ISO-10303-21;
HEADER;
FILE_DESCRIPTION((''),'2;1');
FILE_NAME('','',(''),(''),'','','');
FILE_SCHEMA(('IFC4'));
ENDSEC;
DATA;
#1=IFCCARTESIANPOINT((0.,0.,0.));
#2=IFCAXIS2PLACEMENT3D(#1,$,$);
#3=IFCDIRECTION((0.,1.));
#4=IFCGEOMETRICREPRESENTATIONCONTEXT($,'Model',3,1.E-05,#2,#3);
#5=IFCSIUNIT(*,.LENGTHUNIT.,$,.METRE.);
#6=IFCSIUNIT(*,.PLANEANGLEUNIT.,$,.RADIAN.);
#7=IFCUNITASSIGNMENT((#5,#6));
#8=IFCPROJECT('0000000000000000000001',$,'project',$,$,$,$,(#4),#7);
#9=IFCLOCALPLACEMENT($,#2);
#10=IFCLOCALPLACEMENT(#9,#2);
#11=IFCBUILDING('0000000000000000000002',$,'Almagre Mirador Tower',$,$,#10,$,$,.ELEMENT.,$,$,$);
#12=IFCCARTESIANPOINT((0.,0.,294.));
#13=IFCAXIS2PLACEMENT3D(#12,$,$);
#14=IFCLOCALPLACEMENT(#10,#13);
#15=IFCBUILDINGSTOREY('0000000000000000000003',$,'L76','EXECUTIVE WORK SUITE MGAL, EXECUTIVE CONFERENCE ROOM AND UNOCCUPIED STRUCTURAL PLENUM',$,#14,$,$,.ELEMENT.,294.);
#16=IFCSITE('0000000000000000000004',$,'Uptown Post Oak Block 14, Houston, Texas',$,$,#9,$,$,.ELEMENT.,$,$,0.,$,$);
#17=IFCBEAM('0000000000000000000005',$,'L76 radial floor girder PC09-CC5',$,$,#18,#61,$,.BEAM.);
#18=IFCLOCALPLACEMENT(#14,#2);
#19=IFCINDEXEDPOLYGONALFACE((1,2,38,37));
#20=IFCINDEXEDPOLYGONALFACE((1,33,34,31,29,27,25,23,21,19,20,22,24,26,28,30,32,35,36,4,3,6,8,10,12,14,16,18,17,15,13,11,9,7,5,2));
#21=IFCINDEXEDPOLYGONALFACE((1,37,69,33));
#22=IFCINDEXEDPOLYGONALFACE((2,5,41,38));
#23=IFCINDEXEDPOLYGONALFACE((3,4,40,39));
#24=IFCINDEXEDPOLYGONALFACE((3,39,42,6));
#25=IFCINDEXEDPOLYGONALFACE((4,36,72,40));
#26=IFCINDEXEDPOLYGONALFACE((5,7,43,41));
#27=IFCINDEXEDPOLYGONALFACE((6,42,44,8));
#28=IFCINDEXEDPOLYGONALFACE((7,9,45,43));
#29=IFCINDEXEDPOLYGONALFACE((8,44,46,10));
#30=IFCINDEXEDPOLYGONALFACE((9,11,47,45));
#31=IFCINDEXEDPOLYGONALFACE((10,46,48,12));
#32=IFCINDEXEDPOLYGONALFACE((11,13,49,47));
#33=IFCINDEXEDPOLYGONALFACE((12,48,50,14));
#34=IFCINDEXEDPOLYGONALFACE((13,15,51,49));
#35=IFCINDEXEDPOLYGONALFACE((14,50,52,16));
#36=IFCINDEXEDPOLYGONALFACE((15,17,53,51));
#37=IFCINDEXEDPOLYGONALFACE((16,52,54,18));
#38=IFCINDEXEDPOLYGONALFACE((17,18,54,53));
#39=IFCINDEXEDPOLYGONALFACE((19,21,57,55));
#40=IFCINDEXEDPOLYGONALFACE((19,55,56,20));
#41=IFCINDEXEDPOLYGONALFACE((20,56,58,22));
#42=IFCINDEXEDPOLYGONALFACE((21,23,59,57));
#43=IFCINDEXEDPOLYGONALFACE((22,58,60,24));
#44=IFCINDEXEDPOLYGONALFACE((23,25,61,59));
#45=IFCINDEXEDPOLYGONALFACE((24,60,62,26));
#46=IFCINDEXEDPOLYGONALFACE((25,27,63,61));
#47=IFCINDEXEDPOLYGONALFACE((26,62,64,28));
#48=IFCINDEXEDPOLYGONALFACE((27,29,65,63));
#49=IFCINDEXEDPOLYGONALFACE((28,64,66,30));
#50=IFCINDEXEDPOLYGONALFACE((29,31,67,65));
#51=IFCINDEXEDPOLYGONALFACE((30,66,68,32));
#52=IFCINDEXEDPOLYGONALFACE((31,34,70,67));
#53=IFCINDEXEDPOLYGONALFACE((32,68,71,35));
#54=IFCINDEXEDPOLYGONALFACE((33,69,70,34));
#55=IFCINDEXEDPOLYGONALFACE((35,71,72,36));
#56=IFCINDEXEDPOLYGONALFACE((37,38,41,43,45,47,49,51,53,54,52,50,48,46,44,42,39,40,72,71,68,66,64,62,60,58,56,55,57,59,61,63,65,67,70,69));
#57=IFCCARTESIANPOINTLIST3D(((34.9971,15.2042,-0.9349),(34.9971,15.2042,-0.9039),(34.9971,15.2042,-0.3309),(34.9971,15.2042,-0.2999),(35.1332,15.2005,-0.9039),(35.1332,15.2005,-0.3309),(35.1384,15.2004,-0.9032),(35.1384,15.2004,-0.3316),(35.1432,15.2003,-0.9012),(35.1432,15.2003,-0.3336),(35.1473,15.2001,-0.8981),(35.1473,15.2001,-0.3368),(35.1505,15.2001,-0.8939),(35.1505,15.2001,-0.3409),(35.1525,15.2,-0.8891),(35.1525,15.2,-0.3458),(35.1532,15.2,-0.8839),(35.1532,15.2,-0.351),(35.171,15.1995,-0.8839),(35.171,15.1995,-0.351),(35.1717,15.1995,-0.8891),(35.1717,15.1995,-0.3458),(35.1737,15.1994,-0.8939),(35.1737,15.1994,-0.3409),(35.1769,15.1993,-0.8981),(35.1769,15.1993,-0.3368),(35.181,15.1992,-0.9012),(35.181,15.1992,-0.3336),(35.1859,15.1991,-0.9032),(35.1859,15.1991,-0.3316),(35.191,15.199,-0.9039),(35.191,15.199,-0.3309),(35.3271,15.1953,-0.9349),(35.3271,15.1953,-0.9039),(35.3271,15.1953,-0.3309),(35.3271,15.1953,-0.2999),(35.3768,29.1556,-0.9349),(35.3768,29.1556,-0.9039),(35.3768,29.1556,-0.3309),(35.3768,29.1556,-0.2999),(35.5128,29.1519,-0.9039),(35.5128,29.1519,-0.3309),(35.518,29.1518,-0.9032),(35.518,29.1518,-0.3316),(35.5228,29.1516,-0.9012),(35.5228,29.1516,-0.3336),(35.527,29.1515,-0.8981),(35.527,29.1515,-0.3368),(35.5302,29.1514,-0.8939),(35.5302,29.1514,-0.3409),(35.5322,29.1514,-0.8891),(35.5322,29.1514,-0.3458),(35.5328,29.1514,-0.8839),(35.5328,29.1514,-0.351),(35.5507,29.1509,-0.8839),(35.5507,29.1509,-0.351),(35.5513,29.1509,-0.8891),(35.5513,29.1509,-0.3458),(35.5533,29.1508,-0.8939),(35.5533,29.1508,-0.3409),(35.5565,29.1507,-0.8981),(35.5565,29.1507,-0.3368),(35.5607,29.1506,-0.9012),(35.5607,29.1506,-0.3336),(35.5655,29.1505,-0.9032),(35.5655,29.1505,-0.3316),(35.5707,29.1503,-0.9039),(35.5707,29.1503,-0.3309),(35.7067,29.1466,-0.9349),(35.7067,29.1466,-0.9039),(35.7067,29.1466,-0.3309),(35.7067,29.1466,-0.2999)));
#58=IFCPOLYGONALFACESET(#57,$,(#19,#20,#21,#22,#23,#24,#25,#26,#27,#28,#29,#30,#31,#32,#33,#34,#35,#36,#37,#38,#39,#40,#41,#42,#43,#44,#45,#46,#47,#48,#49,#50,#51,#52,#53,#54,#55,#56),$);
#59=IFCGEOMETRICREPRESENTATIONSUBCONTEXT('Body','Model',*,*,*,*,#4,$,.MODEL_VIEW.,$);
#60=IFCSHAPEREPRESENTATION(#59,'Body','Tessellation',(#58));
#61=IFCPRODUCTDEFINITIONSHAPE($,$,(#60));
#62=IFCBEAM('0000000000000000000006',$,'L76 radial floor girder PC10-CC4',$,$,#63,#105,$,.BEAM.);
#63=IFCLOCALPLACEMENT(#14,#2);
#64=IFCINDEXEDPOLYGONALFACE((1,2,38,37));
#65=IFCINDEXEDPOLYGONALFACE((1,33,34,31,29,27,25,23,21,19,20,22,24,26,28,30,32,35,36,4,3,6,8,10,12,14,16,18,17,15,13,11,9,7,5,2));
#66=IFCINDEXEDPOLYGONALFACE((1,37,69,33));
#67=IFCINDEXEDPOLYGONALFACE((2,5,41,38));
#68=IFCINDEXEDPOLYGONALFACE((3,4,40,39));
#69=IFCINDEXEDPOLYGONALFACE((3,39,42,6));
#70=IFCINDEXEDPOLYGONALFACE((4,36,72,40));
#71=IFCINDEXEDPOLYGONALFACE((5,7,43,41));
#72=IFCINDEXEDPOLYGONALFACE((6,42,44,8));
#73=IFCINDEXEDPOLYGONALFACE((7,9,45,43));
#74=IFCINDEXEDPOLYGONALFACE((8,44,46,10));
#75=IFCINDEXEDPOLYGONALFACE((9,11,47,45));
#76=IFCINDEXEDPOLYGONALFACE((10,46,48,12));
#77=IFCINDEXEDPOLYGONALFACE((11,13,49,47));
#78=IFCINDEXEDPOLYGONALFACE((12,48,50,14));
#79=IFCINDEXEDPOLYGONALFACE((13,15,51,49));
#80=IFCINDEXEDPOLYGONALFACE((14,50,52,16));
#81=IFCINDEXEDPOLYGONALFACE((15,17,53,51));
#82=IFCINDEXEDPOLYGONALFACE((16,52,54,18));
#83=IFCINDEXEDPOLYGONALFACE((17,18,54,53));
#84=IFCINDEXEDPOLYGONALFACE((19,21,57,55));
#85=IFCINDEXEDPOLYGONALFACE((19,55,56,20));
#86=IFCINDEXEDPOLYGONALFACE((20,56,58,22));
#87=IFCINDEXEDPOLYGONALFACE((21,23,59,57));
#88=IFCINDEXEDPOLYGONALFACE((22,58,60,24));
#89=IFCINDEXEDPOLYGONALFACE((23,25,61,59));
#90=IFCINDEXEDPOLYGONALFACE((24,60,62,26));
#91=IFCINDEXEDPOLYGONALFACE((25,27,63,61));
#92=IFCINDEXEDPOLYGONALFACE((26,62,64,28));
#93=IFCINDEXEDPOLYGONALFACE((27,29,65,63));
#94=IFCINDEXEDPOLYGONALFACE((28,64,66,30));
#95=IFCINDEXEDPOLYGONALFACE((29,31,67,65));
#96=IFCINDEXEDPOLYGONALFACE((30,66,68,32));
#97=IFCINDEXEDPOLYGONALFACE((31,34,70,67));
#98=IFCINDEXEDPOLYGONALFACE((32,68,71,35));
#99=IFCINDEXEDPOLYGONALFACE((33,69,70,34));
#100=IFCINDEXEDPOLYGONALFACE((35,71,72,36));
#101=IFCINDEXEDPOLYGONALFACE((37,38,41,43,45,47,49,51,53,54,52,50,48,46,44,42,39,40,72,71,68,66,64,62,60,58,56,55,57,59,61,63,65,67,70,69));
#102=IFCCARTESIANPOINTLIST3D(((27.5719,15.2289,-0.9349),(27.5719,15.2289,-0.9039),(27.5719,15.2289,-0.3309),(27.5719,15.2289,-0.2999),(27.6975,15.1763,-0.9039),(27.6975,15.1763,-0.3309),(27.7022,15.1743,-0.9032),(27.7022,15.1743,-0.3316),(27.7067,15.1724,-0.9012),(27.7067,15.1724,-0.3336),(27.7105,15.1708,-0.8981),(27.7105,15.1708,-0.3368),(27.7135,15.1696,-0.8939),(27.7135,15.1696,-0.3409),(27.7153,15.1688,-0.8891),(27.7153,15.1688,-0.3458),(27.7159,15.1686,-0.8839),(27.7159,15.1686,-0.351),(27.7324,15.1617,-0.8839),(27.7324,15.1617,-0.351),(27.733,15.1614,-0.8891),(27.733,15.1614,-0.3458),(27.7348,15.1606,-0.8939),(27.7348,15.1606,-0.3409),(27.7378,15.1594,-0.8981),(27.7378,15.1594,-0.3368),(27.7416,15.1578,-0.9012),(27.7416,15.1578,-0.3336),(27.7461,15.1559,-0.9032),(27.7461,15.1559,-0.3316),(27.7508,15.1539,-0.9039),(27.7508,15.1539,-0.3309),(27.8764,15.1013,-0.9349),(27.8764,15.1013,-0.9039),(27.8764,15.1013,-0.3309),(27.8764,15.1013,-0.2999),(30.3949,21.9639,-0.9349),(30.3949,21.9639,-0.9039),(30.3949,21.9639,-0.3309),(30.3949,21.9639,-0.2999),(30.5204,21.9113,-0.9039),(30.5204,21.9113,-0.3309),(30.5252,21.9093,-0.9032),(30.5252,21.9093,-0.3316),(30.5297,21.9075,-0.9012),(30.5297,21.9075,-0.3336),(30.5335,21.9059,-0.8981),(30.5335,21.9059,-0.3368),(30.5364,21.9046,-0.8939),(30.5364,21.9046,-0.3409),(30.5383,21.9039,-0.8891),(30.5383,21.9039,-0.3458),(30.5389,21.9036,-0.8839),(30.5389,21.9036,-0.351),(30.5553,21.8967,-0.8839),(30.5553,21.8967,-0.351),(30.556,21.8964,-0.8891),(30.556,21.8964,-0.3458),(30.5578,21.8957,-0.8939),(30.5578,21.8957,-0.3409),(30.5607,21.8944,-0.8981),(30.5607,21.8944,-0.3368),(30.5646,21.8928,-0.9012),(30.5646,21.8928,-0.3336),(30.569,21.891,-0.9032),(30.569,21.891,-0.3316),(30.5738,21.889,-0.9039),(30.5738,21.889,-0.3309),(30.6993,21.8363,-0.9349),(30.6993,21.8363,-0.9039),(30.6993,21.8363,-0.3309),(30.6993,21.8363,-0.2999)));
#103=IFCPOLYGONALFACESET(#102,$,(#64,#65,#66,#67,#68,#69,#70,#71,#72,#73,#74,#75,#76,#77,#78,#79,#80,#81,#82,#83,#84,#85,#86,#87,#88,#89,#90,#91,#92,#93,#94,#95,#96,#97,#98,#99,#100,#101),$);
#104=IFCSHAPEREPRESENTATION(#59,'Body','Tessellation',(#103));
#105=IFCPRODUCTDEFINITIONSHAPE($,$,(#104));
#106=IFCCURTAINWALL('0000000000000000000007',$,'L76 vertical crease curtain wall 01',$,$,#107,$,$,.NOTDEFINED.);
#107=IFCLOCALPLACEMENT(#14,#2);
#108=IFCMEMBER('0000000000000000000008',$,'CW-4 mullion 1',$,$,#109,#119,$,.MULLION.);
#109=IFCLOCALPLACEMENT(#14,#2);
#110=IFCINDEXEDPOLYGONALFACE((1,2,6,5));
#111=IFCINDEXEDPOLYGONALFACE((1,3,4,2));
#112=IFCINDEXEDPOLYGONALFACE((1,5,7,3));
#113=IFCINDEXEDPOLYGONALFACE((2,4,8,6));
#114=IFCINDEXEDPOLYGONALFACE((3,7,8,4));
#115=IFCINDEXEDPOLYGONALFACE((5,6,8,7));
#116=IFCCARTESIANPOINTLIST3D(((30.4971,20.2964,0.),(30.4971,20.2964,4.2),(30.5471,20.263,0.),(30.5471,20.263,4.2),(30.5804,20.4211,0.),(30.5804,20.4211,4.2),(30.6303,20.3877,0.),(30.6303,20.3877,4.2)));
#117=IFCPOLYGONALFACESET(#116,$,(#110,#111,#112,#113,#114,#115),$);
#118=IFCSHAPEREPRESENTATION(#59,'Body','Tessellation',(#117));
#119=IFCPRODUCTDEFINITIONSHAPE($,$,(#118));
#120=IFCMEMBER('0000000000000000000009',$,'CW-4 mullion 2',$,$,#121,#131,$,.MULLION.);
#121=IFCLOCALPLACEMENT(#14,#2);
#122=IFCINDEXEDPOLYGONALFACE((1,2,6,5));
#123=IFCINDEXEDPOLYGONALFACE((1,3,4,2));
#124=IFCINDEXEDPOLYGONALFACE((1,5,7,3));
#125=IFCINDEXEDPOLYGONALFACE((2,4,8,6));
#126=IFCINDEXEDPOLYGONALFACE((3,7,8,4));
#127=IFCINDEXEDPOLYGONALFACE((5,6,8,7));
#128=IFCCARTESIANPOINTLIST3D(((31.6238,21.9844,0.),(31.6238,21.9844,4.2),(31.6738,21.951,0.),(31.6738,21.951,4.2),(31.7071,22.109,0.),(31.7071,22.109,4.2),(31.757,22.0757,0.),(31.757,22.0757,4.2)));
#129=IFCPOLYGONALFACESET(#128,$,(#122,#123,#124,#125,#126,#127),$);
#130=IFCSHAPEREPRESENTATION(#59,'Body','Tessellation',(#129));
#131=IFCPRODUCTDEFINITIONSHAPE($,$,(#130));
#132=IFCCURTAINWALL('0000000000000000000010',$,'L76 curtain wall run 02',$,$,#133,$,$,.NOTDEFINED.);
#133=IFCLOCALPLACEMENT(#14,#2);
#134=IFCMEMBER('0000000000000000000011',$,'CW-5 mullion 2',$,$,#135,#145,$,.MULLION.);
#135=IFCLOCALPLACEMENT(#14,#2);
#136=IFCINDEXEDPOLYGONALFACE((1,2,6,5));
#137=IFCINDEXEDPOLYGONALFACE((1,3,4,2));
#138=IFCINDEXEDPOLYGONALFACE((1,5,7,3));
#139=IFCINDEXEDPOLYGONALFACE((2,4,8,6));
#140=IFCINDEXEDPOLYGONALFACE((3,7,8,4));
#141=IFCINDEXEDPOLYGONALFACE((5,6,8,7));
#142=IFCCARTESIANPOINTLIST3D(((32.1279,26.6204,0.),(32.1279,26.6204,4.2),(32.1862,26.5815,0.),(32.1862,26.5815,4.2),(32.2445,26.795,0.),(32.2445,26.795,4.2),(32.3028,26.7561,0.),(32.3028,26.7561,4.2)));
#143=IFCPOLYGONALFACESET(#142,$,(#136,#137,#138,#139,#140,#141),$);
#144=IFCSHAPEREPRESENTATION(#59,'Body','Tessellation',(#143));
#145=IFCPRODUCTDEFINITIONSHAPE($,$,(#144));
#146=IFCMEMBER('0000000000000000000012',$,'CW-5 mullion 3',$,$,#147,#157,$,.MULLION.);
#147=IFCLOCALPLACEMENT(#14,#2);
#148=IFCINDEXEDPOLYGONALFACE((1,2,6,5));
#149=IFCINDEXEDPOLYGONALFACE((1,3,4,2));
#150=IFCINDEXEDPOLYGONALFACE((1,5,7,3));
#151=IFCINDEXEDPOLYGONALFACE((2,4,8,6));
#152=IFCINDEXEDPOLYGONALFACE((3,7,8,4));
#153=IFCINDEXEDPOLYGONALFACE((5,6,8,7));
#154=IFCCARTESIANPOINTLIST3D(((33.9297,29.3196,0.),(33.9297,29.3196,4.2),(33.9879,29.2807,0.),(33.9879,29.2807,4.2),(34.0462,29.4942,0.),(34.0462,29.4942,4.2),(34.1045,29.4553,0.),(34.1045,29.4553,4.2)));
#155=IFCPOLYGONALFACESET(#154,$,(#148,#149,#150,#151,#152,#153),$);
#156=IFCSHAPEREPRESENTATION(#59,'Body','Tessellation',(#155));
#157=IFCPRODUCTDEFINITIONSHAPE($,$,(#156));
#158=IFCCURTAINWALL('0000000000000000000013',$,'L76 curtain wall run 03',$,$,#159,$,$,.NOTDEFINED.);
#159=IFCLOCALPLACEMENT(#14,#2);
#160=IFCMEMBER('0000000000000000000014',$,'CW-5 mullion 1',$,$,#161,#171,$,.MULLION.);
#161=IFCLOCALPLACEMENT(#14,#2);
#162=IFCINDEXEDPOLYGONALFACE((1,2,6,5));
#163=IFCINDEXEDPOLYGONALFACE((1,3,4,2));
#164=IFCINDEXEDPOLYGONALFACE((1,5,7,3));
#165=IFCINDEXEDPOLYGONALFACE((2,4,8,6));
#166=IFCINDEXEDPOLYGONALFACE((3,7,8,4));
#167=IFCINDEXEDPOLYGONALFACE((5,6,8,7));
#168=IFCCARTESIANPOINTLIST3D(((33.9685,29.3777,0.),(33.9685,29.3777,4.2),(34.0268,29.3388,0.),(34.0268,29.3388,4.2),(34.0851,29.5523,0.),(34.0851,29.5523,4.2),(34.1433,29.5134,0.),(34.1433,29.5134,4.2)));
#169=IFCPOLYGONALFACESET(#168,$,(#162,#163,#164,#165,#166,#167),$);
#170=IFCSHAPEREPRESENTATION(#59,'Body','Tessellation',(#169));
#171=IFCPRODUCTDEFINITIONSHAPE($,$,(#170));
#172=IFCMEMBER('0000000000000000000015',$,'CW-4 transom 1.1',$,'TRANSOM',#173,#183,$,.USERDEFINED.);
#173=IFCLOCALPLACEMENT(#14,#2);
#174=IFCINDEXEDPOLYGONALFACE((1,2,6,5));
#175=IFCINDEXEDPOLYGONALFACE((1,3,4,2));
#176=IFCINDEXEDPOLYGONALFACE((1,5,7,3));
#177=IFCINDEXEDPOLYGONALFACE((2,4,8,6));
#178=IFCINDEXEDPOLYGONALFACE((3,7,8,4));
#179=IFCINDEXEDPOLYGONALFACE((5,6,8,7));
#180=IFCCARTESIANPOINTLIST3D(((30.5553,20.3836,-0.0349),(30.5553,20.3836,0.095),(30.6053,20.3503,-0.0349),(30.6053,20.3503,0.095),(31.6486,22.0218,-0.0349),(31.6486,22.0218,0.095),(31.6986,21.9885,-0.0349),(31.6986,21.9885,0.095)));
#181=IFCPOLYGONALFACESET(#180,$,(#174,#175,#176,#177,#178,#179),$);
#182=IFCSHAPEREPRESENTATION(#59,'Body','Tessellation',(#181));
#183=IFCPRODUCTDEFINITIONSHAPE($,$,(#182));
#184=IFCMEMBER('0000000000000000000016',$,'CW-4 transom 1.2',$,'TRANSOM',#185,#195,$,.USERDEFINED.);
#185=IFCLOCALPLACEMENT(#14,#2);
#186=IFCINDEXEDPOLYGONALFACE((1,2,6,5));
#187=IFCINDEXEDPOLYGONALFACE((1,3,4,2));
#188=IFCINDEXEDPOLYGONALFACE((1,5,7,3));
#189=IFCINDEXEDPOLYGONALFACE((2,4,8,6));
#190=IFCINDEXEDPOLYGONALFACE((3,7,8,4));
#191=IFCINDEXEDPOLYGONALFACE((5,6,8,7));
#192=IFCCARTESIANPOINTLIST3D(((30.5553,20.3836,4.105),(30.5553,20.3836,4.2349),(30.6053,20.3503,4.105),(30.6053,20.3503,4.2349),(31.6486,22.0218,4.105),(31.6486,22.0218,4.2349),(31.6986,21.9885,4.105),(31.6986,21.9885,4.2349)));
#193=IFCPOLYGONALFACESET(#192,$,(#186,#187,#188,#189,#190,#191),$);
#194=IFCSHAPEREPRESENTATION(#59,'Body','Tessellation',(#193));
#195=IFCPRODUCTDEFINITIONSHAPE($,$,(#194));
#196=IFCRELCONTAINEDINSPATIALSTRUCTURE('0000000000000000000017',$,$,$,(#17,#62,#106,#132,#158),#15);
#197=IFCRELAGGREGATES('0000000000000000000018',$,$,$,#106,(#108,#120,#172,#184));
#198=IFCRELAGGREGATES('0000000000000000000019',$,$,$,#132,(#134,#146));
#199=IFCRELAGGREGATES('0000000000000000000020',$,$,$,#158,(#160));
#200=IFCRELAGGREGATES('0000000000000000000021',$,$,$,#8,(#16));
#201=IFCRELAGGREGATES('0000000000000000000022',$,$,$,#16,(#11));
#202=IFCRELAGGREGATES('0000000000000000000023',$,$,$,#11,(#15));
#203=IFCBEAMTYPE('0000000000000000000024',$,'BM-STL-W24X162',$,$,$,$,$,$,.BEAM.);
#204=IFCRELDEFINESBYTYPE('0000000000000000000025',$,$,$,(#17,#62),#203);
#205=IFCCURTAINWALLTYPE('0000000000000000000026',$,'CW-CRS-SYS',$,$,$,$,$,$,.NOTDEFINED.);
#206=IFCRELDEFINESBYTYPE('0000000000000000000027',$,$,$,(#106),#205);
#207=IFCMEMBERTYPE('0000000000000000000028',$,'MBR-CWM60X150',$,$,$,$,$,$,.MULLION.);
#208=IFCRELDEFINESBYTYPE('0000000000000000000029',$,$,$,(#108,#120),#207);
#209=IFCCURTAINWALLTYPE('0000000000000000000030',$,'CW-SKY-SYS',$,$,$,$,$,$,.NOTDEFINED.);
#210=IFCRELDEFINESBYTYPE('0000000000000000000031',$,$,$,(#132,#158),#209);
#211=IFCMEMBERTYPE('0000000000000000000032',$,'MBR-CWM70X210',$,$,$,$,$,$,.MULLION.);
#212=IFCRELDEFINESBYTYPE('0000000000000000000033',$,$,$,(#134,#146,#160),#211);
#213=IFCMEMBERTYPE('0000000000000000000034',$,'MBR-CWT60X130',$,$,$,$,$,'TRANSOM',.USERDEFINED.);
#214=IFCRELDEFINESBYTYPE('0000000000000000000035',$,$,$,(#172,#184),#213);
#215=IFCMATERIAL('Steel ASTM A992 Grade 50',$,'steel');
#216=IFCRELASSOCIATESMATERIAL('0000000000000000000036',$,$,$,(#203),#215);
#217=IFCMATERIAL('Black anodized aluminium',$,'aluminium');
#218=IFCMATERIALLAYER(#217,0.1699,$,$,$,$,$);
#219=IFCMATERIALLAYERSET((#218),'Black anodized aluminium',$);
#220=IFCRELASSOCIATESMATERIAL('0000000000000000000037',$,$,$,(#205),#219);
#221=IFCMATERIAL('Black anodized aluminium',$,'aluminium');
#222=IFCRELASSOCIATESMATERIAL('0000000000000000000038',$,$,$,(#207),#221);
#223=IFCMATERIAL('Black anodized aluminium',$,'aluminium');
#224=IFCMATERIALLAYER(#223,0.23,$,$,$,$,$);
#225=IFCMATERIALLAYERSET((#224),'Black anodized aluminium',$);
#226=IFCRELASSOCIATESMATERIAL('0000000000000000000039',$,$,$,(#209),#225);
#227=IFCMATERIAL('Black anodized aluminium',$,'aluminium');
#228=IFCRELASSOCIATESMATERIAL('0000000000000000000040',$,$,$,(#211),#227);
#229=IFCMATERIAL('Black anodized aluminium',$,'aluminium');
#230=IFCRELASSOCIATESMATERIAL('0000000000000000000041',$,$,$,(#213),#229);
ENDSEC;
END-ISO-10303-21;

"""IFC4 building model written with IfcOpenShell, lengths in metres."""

from ifc_helpers import new_model, si_unit, direction, frame, origin, origin_2d, place, context, subcontext, project, spatial, rectangle, i_section, extrude, material, layer, layer_set, material_profile, profile_set, type_object, element, aggregate, save


model = new_model("IFC4")

# Units and contexts
model_context = context("Model", 3, precision=1e-05, world=origin(), true_north=direction((0.0, 1.0)))
body_context = subcontext(model_context, "Body", "Model", "MODEL_VIEW")
ifc_project = project(units=[si_unit("LENGTHUNIT", "METRE"), si_unit("PLANEANGLEUNIT", "RADIAN")], contexts=[model_context])

# Site, building, storey
site_placement = place(None, origin())
site = spatial("IfcSite", under=ifc_project, at=site_placement, Name="Uptown Post Oak Block 14, Houston, Texas", CompositionType="ELEMENT", RefElevation=0.0)
building_placement = place(site_placement, origin())
building = spatial("IfcBuilding", under=site, at=building_placement, Name="Almagre Mirador Tower", CompositionType="ELEMENT")
storey_placement = place(building_placement, frame((0.0, 0.0, 294.0)))
storey = spatial("IfcBuildingStorey", under=building, at=storey_placement, Name="L76", Description="EXECUTIVE WORK SUITE MGAL, EXECUTIVE CONFERENCE ROOM AND UNOCCUPIED STRUCTURAL PLENUM", CompositionType="ELEMENT", Elevation=294.0)

# Beams
ifc_material_1 = material(Name="Steel ASTM A992 Grade 50", Category="steel")
ifc_material_profile_1 = material_profile(ifc_material_1, i_section(OverallWidth=0.3301, OverallDepth=0.635, WebThickness=0.0178, FlangeThickness=0.031, FilletRadius=0.02, at=origin_2d()), Name="W24X162")
ifc_profile_set_1 = profile_set([ifc_material_profile_1], Name="Steel ASTM A992 Grade 50")
beam_type_1 = type_object("IfcBeamType", Name="BM-STL-W24X162", PredefinedType="BEAM", material=ifc_profile_set_1)
beam_1_placement = place(storey_placement, frame((35.5417, 29.1511, -0.6174), z_axis=(-0.027201, -0.99963, 0.0), x_axis=(0.99963, -0.027201, 0.0)))
element("IfcBeam", 1, at=beam_1_placement, inside=storey, type_object=beam_type_1, Name="L76 radial floor girder PC09-CC5", PredefinedType="BEAM", context=body_context, shape_type="SweptSolid", body=[
    extrude(i_section(OverallWidth=0.3301, OverallDepth=0.635, WebThickness=0.0178, FlangeThickness=0.031, FilletRadius=0.02, at=origin_2d()), origin(), (0.0, 0.0, 1.0), 13.9565),
])
beam_2_placement = place(storey_placement, frame((30.5471, 21.9001, -0.6174), z_axis=(-0.386563, -0.922263, 0.0), x_axis=(0.922263, -0.386563, 0.0)))
element("IfcBeam", 2, at=beam_2_placement, inside=storey, type_object=beam_type_1, Name="L76 radial floor girder PC10-CC4", PredefinedType="BEAM", context=body_context, shape_type="SweptSolid", body=[
    extrude(i_section(OverallWidth=0.3301, OverallDepth=0.635, WebThickness=0.0178, FlangeThickness=0.031, FilletRadius=0.02, at=origin_2d()), origin(), (0.0, 0.0, 1.0), 7.3027),
])

# Curtain walls, members
ifc_material_2 = material(Name="Black anodized aluminium", Category="aluminium")
ifc_layer_1 = layer(ifc_material_2, 0.1699)
ifc_layer_set_1 = layer_set([ifc_layer_1], Name="Black anodized aluminium")
curtain_wall_type_1 = type_object("IfcCurtainWallType", Name="CW-CRS-SYS", PredefinedType="NOTDEFINED", material=ifc_layer_set_1)
curtain_wall_1_placement = place(storey_placement, origin())
curtain_wall_1 = element("IfcCurtainWall", 3, at=curtain_wall_1_placement, inside=storey, type_object=curtain_wall_type_1, Name="L76 vertical crease curtain wall 01", PredefinedType="NOTDEFINED")
ifc_material_3 = material(Name="Black anodized aluminium", Category="aluminium")
ifc_material_profile_2 = material_profile(ifc_material_3, rectangle(XDim=0.0601, YDim=0.1499, at=origin_2d()), Name="CWM60X150")
ifc_profile_set_2 = profile_set([ifc_material_profile_2], Name="Black anodized aluminium")
member_type_1 = type_object("IfcMemberType", Name="MBR-CWM60X150", PredefinedType="MULLION", material=ifc_profile_set_2)
member_1_placement = place(storey_placement, frame((30.5637, 20.342, 0.0), z_axis=(0.0, 0.0, 1.0), x_axis=(-0.831756, 0.555142, 0.0)))
member_1 = element("IfcMember", 4, at=member_1_placement, type_object=member_type_1, Name="CW-4 mullion 1", PredefinedType="MULLION", context=body_context, shape_type="SweptSolid", body=[
    extrude(rectangle(XDim=0.0601, YDim=0.1499, at=origin_2d()), origin(), (0.0, 0.0, 1.0), 4.2),
])
member_2_placement = place(storey_placement, frame((31.6904, 22.03, 0.0), z_axis=(0.0, 0.0, 1.0), x_axis=(-0.831756, 0.555142, 0.0)))
member_2 = element("IfcMember", 5, at=member_2_placement, type_object=member_type_1, Name="CW-4 mullion 2", PredefinedType="MULLION", context=body_context, shape_type="SweptSolid", body=[
    extrude(rectangle(XDim=0.0601, YDim=0.1499, at=origin_2d()), origin(), (0.0, 0.0, 1.0), 4.2),
])
ifc_material_4 = material(Name="Black anodized aluminium", Category="aluminium")
ifc_layer_2 = layer(ifc_material_4, 0.23)
ifc_layer_set_2 = layer_set([ifc_layer_2], Name="Black anodized aluminium")
curtain_wall_type_2 = type_object("IfcCurtainWallType", Name="CW-SKY-SYS", PredefinedType="NOTDEFINED", material=ifc_layer_set_2)
curtain_wall_2_placement = place(storey_placement, origin())
curtain_wall_2 = element("IfcCurtainWall", 6, at=curtain_wall_2_placement, inside=storey, type_object=curtain_wall_type_2, Name="L76 curtain wall run 02", PredefinedType="NOTDEFINED")
ifc_material_5 = material(Name="Black anodized aluminium", Category="aluminium")
ifc_material_profile_3 = material_profile(ifc_material_5, rectangle(XDim=0.0701, YDim=0.21, at=origin_2d()), Name="CWM70X210")
ifc_profile_set_3 = profile_set([ifc_material_profile_3], Name="Black anodized aluminium")
member_type_2 = type_object("IfcMemberType", Name="MBR-CWM70X210", PredefinedType="MULLION", material=ifc_profile_set_3)
member_3_placement = place(storey_placement, frame((32.2153, 26.6882, 0.0), z_axis=(0.0, 0.0, 1.0), x_axis=(-0.83171, 0.55521, 0.0)))
member_3 = element("IfcMember", 7, at=member_3_placement, type_object=member_type_2, Name="CW-5 mullion 2", PredefinedType="MULLION", context=body_context, shape_type="SweptSolid", body=[
    extrude(rectangle(XDim=0.0701, YDim=0.21, at=origin_2d()), origin(), (0.0, 0.0, 1.0), 4.2),
])
member_4_placement = place(storey_placement, frame((34.0171, 29.3875, 0.0), z_axis=(0.0, 0.0, 1.0), x_axis=(-0.83171, 0.55521, 0.0)))
member_4 = element("IfcMember", 8, at=member_4_placement, type_object=member_type_2, Name="CW-5 mullion 3", PredefinedType="MULLION", context=body_context, shape_type="SweptSolid", body=[
    extrude(rectangle(XDim=0.0701, YDim=0.21, at=origin_2d()), origin(), (0.0, 0.0, 1.0), 4.2),
])

# Curtain wall, member
curtain_wall_3_placement = place(storey_placement, origin())
curtain_wall_3 = element("IfcCurtainWall", 9, at=curtain_wall_3_placement, inside=storey, type_object=curtain_wall_type_2, Name="L76 curtain wall run 03", PredefinedType="NOTDEFINED")
member_5_placement = place(storey_placement, frame((34.0559, 29.4456, 0.0), z_axis=(0.0, 0.0, 1.0), x_axis=(-0.83171, 0.55521, 0.0)))
member_5 = element("IfcMember", 10, at=member_5_placement, type_object=member_type_2, Name="CW-5 mullion 1", PredefinedType="MULLION", context=body_context, shape_type="SweptSolid", body=[
    extrude(rectangle(XDim=0.0701, YDim=0.21, at=origin_2d()), origin(), (0.0, 0.0, 1.0), 4.2),
])

# Members
ifc_material_6 = material(Name="Black anodized aluminium", Category="aluminium")
ifc_material_profile_4 = material_profile(ifc_material_6, rectangle(XDim=0.0601, YDim=0.1299, at=origin_2d()), Name="CWT60X130")
ifc_profile_set_4 = profile_set([ifc_material_profile_4], Name="Black anodized aluminium")
member_type_3 = type_object("IfcMemberType", Name="MBR-CWT60X130", ElementType="TRANSOM", PredefinedType="USERDEFINED", material=ifc_profile_set_4)
member_6_placement = place(storey_placement, frame((30.5803, 20.3669, 0.03), z_axis=(0.555101, 0.831783, 0.0), x_axis=(-0.831783, 0.555101, 0.0)))
member_6 = element("IfcMember", 11, at=member_6_placement, type_object=member_type_3, Name="CW-4 transom 1.1", ObjectType="TRANSOM", PredefinedType="USERDEFINED", context=body_context, shape_type="SweptSolid", body=[
    extrude(rectangle(XDim=0.0601, YDim=0.1299, at=origin_2d()), origin(), (0.0, 0.0, 1.0), 1.9695),
])
member_7_placement = place(storey_placement, frame((30.5803, 20.3669, 4.1699), z_axis=(0.555101, 0.831783, 0.0), x_axis=(-0.831783, 0.555101, 0.0)))
member_7 = element("IfcMember", 12, at=member_7_placement, type_object=member_type_3, Name="CW-4 transom 1.2", ObjectType="TRANSOM", PredefinedType="USERDEFINED", context=body_context, shape_type="SweptSolid", body=[
    extrude(rectangle(XDim=0.0601, YDim=0.1299, at=origin_2d()), origin(), (0.0, 0.0, 1.0), 1.9695),
])

aggregate(curtain_wall_1, [member_1, member_2, member_6, member_7])
aggregate(curtain_wall_2, [member_3, member_4])
aggregate(curtain_wall_3, [member_5])

save(model, "model.ifc")
